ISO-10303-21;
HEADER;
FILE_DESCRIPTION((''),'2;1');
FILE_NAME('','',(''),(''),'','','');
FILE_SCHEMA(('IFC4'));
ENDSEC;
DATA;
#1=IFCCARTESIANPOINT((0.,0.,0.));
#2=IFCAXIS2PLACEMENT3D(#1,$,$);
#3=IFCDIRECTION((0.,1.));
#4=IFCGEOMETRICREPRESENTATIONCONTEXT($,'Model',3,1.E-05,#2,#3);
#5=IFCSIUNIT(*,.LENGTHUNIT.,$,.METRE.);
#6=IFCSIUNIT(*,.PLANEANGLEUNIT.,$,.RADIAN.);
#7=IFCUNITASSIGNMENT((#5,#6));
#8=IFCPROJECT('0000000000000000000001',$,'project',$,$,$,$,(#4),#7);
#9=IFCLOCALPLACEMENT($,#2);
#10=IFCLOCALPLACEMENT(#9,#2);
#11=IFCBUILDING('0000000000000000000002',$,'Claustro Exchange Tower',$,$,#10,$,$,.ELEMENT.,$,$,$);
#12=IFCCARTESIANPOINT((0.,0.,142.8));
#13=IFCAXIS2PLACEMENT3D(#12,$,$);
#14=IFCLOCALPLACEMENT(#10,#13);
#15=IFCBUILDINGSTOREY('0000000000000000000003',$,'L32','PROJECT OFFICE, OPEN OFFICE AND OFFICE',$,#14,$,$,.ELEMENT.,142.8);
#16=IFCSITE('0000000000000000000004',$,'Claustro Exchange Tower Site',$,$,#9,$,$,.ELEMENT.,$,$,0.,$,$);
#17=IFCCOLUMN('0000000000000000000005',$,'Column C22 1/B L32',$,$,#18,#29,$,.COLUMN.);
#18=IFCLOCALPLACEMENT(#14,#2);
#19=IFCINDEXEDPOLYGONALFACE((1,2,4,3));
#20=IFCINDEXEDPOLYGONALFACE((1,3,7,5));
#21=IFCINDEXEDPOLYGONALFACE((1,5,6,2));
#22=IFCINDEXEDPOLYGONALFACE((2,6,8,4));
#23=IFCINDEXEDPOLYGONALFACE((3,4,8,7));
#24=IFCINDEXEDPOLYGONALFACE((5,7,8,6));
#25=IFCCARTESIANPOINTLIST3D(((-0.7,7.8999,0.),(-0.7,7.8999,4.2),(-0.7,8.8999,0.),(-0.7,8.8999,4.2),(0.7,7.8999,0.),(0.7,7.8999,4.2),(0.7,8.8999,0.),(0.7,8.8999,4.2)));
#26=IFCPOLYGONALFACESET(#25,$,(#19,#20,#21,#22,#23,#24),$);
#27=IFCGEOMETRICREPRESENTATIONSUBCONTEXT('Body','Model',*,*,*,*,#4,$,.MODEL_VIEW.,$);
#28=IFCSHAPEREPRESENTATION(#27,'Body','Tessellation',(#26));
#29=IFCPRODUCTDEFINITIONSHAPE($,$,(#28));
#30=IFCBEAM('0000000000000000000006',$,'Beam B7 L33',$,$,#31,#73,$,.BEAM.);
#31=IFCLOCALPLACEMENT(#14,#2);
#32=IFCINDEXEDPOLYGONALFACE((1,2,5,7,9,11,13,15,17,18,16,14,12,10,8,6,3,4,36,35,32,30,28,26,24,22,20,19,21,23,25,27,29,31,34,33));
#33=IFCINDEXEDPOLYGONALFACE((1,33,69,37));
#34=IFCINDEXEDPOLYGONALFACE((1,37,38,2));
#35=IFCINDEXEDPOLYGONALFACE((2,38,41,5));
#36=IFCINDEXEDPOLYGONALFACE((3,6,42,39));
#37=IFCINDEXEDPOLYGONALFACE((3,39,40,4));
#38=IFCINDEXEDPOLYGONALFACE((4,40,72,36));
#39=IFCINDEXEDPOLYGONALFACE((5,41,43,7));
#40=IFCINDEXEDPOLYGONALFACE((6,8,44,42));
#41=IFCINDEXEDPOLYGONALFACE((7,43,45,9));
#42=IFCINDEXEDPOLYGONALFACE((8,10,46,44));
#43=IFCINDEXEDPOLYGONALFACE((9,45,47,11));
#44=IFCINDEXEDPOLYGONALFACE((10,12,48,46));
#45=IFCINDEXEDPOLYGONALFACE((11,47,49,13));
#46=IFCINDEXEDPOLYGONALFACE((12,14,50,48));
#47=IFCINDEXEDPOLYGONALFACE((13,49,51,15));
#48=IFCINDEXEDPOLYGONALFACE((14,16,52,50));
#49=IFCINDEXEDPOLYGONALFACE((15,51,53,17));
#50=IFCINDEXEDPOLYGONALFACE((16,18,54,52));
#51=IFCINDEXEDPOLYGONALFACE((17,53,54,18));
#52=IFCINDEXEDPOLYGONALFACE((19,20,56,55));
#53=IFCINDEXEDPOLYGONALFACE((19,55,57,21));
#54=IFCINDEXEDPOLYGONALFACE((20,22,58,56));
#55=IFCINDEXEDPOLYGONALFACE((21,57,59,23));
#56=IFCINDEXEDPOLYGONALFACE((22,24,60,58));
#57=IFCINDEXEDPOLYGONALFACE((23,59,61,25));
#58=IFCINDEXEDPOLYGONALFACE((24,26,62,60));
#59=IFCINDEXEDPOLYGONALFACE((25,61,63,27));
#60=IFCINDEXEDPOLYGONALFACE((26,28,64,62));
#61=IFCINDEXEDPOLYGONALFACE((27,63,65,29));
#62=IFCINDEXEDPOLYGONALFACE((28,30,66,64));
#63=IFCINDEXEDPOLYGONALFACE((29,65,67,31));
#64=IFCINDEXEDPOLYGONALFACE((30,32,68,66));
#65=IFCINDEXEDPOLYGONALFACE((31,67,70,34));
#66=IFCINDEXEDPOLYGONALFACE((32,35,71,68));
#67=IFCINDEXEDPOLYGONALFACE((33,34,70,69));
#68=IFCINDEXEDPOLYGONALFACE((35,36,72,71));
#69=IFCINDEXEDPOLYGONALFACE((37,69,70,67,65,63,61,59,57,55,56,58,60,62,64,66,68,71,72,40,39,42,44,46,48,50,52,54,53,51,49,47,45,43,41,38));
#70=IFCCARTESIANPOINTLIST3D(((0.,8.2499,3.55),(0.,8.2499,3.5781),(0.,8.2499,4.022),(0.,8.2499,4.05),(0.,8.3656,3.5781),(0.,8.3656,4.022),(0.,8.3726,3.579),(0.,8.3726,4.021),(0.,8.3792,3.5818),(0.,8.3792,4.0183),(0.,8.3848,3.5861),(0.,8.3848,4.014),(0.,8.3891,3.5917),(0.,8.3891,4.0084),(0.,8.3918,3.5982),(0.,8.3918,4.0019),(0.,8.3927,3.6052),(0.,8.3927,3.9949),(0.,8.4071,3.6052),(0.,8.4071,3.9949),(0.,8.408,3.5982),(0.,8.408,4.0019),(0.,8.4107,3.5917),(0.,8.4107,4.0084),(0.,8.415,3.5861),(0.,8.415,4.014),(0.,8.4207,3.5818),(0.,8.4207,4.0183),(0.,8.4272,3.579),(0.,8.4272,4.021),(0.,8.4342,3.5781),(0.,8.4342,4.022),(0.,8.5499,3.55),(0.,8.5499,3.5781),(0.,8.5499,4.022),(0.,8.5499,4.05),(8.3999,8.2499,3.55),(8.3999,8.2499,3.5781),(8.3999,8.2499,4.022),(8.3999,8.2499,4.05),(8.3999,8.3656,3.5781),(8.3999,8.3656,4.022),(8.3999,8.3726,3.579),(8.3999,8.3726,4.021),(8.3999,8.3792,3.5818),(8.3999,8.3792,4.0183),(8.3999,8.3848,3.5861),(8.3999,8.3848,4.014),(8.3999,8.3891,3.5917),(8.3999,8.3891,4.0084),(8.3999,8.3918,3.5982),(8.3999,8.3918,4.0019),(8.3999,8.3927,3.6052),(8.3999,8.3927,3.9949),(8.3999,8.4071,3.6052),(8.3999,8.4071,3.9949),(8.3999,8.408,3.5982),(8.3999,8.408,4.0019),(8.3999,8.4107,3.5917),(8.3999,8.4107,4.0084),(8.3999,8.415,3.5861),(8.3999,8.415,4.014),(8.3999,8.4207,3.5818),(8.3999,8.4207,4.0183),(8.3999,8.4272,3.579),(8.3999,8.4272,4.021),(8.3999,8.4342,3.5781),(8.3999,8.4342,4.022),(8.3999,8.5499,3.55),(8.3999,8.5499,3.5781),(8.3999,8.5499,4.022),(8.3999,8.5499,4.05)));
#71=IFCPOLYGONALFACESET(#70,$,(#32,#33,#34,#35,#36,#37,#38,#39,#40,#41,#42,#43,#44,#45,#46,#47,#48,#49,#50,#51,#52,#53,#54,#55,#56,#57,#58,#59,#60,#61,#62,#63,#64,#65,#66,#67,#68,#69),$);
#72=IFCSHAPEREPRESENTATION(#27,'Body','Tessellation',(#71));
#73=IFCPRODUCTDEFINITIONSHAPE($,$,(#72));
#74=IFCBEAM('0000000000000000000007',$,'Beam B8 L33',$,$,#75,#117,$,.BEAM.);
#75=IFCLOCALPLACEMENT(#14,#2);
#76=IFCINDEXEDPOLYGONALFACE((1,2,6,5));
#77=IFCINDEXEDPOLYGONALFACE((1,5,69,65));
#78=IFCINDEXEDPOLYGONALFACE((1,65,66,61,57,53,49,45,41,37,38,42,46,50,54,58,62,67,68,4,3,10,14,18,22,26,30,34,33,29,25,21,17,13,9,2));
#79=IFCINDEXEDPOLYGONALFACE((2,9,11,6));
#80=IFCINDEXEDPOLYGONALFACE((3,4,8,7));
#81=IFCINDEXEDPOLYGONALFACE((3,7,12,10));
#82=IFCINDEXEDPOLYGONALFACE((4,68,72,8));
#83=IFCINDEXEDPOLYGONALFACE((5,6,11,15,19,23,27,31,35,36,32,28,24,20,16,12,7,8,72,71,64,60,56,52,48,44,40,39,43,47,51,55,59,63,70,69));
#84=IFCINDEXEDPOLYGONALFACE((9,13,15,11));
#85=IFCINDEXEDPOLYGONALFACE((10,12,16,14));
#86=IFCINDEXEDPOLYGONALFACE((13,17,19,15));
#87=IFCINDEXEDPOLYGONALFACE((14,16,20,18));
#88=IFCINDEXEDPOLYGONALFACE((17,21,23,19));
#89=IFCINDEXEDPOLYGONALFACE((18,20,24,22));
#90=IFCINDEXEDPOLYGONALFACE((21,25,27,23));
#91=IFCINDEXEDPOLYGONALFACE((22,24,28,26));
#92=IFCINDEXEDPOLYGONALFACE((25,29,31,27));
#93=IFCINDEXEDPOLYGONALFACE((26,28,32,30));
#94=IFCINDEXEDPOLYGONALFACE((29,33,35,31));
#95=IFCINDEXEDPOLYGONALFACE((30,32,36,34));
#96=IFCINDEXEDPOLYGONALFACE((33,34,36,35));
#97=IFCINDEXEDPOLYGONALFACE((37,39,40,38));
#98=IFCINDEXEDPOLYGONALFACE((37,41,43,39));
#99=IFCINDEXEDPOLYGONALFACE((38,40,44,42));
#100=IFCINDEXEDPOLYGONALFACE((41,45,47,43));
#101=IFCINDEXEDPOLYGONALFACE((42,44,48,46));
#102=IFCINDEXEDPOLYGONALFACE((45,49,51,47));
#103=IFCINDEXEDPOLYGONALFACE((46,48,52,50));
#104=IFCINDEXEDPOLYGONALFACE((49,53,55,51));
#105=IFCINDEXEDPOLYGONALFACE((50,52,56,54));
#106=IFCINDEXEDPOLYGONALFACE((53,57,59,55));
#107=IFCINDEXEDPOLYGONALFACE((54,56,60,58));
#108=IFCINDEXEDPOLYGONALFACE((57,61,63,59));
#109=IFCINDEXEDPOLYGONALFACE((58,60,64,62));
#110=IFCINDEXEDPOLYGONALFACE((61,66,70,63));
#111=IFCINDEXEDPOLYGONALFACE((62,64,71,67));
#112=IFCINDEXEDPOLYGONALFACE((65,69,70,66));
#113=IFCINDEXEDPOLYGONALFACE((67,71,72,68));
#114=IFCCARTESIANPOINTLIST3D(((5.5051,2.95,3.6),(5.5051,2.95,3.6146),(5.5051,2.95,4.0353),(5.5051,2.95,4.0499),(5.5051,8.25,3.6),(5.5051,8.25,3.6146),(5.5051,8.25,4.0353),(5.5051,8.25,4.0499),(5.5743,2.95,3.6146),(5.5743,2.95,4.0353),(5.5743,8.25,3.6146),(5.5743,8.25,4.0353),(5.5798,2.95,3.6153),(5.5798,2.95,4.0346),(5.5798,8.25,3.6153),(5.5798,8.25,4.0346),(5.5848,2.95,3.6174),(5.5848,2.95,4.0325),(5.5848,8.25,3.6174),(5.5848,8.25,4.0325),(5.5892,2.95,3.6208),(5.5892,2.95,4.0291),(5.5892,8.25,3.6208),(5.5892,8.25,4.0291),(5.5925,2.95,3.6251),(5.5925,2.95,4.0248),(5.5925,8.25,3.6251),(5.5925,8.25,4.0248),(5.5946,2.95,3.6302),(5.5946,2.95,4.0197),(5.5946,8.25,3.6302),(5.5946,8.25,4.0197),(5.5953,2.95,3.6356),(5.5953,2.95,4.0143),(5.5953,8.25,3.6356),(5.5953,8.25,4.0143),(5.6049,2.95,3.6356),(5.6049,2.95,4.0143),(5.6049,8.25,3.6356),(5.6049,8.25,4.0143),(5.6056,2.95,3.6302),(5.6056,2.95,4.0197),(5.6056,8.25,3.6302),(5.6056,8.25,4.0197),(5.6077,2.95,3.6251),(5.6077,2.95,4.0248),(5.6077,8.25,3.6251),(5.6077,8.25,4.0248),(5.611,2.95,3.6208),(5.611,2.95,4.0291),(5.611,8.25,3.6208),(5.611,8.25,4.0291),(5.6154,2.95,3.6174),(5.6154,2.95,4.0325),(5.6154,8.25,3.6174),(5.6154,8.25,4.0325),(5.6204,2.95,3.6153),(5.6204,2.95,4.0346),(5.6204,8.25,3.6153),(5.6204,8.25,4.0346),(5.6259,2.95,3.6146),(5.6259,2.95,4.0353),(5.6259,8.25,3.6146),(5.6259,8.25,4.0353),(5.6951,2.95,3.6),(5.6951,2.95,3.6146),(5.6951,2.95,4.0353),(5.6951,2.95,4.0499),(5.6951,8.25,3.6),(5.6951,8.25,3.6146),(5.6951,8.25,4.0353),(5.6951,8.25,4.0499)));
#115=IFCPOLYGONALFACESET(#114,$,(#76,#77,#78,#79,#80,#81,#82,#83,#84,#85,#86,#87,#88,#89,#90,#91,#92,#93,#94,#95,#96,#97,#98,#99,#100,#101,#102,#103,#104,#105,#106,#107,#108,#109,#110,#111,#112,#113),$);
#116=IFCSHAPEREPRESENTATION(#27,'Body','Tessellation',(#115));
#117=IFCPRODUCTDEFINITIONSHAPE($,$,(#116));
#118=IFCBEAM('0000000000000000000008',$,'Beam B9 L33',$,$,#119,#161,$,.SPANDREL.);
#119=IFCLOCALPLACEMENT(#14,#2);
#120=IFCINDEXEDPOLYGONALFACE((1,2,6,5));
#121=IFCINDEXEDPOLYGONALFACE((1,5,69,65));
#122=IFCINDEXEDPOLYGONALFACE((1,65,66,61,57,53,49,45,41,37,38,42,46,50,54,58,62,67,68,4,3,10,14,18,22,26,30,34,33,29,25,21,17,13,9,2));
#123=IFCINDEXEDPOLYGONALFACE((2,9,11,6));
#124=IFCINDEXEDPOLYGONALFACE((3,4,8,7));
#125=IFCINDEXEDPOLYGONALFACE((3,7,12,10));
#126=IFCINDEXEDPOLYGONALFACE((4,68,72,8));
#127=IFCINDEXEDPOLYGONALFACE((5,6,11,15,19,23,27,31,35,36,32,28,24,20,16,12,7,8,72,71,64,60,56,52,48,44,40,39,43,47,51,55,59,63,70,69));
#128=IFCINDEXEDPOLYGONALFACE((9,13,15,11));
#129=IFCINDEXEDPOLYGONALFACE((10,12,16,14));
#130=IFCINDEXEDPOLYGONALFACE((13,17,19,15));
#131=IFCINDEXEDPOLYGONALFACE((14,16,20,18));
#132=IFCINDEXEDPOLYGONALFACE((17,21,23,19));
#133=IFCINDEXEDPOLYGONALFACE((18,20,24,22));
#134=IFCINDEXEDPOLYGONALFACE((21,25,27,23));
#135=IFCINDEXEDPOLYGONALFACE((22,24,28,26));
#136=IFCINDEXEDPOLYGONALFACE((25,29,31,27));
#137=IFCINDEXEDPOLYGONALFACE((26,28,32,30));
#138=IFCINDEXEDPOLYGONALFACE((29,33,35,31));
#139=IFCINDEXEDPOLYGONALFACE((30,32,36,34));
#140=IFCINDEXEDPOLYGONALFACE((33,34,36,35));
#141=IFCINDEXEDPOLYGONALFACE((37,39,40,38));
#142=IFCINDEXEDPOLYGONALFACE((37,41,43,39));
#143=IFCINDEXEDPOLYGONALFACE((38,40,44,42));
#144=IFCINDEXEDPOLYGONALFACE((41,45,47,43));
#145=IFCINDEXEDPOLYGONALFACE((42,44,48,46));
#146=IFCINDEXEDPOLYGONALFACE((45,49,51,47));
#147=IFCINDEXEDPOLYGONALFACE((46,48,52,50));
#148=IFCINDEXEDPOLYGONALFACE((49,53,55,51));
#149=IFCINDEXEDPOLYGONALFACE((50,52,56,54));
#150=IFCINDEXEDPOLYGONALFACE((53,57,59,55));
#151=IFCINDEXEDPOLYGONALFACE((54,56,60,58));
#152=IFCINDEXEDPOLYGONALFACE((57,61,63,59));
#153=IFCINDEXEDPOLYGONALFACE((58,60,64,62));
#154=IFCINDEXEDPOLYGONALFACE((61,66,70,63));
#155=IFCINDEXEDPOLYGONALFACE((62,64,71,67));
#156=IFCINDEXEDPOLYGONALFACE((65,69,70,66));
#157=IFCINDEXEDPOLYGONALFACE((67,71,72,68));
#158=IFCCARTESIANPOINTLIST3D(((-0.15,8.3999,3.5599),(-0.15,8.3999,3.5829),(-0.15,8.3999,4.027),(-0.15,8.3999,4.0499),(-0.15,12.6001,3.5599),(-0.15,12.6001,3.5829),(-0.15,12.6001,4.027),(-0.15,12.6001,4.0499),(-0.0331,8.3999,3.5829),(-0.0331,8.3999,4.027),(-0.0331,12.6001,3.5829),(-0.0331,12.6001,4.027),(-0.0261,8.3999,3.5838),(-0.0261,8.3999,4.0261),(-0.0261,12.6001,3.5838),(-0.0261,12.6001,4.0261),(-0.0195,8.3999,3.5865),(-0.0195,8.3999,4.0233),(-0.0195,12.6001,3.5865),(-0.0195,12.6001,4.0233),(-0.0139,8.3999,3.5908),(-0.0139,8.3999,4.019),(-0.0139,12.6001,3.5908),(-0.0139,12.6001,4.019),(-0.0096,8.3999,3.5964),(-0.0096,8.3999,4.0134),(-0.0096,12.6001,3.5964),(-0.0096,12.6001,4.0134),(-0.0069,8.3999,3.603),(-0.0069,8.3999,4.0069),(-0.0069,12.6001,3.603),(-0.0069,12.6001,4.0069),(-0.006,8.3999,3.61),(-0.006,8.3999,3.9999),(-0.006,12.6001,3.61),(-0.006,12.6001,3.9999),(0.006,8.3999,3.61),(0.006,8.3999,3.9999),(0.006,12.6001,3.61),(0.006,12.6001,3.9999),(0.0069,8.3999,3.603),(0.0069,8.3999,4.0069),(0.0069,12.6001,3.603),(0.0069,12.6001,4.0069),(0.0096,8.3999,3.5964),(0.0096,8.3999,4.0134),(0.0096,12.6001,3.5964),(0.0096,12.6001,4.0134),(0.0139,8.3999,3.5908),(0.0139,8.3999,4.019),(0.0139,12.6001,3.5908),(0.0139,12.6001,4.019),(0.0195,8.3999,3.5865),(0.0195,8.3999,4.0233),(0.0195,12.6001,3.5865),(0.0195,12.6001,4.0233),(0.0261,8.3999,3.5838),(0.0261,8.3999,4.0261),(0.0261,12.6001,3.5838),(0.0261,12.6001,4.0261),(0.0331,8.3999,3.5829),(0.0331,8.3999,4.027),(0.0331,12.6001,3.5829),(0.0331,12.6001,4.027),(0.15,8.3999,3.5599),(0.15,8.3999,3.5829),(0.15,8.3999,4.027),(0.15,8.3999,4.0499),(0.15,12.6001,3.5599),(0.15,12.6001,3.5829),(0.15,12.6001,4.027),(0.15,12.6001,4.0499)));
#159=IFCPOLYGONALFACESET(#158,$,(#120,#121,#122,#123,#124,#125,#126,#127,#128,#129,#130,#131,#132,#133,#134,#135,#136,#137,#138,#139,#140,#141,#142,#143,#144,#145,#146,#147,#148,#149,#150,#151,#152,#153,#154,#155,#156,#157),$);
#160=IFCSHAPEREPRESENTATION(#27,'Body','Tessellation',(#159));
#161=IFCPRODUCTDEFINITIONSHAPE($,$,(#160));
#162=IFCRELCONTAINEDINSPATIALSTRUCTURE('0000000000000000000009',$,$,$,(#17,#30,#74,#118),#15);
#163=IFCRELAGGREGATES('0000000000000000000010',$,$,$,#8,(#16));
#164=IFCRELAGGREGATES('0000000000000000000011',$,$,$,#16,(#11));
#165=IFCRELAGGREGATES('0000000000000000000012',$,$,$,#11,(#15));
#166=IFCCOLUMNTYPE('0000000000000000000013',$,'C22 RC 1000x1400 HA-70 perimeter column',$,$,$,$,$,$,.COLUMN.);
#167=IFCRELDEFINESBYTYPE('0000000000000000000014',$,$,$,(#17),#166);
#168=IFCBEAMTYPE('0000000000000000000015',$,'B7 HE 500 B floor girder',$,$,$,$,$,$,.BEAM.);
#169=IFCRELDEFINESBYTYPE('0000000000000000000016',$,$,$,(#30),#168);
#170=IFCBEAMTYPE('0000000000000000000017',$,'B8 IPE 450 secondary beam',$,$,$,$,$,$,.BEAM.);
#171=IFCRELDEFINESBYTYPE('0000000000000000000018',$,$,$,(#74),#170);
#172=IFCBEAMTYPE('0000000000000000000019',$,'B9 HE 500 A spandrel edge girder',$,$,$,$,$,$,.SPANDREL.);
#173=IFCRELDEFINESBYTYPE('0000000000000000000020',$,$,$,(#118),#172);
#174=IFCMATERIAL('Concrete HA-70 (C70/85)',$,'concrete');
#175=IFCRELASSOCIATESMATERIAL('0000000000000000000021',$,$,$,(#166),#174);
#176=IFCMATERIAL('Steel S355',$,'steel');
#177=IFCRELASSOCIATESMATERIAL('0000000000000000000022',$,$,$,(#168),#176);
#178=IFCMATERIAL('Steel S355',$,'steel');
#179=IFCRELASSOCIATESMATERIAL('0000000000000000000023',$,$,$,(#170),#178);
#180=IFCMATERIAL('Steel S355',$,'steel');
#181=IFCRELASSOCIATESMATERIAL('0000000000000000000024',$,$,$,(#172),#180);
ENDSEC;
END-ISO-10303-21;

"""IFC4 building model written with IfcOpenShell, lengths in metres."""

from ifc_helpers import new_model, si_unit, direction, frame, origin, origin_2d, place, context, subcontext, project, spatial, rectangle, i_section, extrude, material, material_profile, profile_set, type_object, element, save


model = new_model("IFC4")

# Units and contexts
model_context = context("Model", 3, precision=1e-05, world=origin(), true_north=direction((0.0, 1.0)))
body_context = subcontext(model_context, "Body", "Model", "MODEL_VIEW")
ifc_project = project(units=[si_unit("LENGTHUNIT", "METRE"), si_unit("PLANEANGLEUNIT", "RADIAN")], contexts=[model_context])

# Site, building, storey
site_placement = place(None, origin())
site = spatial("IfcSite", under=ifc_project, at=site_placement, Name="Claustro Exchange Tower Site", CompositionType="ELEMENT", RefElevation=0.0)
building_placement = place(site_placement, origin())
building = spatial("IfcBuilding", under=site, at=building_placement, Name="Claustro Exchange Tower", CompositionType="ELEMENT")
storey_placement = place(building_placement, frame((0.0, 0.0, 142.8)))
storey = spatial("IfcBuildingStorey", under=building, at=storey_placement, Name="L32", Description="PROJECT OFFICE, OPEN OFFICE AND OFFICE", CompositionType="ELEMENT", Elevation=142.8)

# Column
ifc_material_1 = material(Name="Concrete HA-70 (C70/85)", Category="concrete")
ifc_material_profile_1 = material_profile(ifc_material_1, rectangle(XDim=1.0, YDim=1.3999, at=origin_2d()), Name="RC 1000x1400")
ifc_profile_set_1 = profile_set([ifc_material_profile_1], Name="Concrete HA-70 (C70/85)")
column_type = type_object("IfcColumnType", Name="C22 RC 1000x1400 HA-70 perimeter column", PredefinedType="COLUMN", material=ifc_profile_set_1)
column_placement = place(storey_placement, frame((0.0, 8.3999, 0.0), z_axis=(0.0, 0.0, 1.0), x_axis=(0.0, 1.0, 0.0)))
element("IfcColumn", 1, at=column_placement, inside=storey, type_object=column_type, Name="Column C22 1/B L32", PredefinedType="COLUMN", context=body_context, shape_type="SweptSolid", body=[
    extrude(rectangle(XDim=1.0, YDim=1.3999, at=origin_2d()), origin(), (0.0, 0.0, 1.0), 4.2),
])

# Beams
ifc_material_2 = material(Name="Steel S355", Category="steel")
ifc_material_profile_2 = material_profile(ifc_material_2, i_section(OverallWidth=0.3, OverallDepth=0.5, WebThickness=0.0144, FlangeThickness=0.0281, FilletRadius=0.0271, at=origin_2d()), Name="HE 500 B")
ifc_profile_set_2 = profile_set([ifc_material_profile_2], Name="Steel S355")
beam_type_1 = type_object("IfcBeamType", Name="B7 HE 500 B floor girder", PredefinedType="BEAM", material=ifc_profile_set_2)
beam_1_placement = place(storey_placement, frame((0.0, 8.3999, 3.8), z_axis=(1.0, 0.0, 0.0), x_axis=(0.0, 1.0, 0.0)))
element("IfcBeam", 2, at=beam_1_placement, inside=storey, type_object=beam_type_1, Name="Beam B7 L33", PredefinedType="BEAM", context=body_context, shape_type="SweptSolid", body=[
    extrude(i_section(OverallWidth=0.3, OverallDepth=0.5, WebThickness=0.0144, FlangeThickness=0.0281, FilletRadius=0.0271, at=origin_2d()), origin(), (0.0, 0.0, 1.0), 8.3999),
])
ifc_material_3 = material(Name="Steel S355", Category="steel")
ifc_material_profile_3 = material_profile(ifc_material_3, i_section(OverallWidth=0.1899, OverallDepth=0.45, WebThickness=0.0095, FlangeThickness=0.0146, FilletRadius=0.021, at=origin_2d()), Name="IPE 450")
ifc_profile_set_3 = profile_set([ifc_material_profile_3], Name="Steel S355")
beam_type_2 = type_object("IfcBeamType", Name="B8 IPE 450 secondary beam", PredefinedType="BEAM", material=ifc_profile_set_3)
beam_2_placement = place(storey_placement, frame((5.6001, 2.95, 3.825), z_axis=(0.0, 1.0, 0.0), x_axis=(-1.0, 0.0, 0.0)))
element("IfcBeam", 3, at=beam_2_placement, inside=storey, type_object=beam_type_2, Name="Beam B8 L33", PredefinedType="BEAM", context=body_context, shape_type="SweptSolid", body=[
    extrude(i_section(OverallWidth=0.1899, OverallDepth=0.45, WebThickness=0.0095, FlangeThickness=0.0146, FilletRadius=0.021, at=origin_2d()), origin(), (0.0, 0.0, 1.0), 5.3),
])
ifc_material_4 = material(Name="Steel S355", Category="steel")
ifc_material_profile_4 = material_profile(ifc_material_4, i_section(OverallWidth=0.3, OverallDepth=0.49, WebThickness=0.012, FlangeThickness=0.0229, FilletRadius=0.0271, at=origin_2d()), Name="HE 500 A")
ifc_profile_set_4 = profile_set([ifc_material_profile_4], Name="Steel S355")
beam_type_3 = type_object("IfcBeamType", Name="B9 HE 500 A spandrel edge girder", PredefinedType="SPANDREL", material=ifc_profile_set_4)
beam_3_placement = place(storey_placement, frame((0.0, 8.3999, 3.8049), z_axis=(0.0, 1.0, 0.0), x_axis=(-1.0, 0.0, 0.0)))
element("IfcBeam", 4, at=beam_3_placement, inside=storey, type_object=beam_type_3, Name="Beam B9 L33", PredefinedType="SPANDREL", context=body_context, shape_type="SweptSolid", body=[
    extrude(i_section(OverallWidth=0.3, OverallDepth=0.49, WebThickness=0.012, FlangeThickness=0.0229, FilletRadius=0.0271, at=origin_2d()), origin(), (0.0, 0.0, 1.0), 4.2002),
])

save(model, "model.ifc")
